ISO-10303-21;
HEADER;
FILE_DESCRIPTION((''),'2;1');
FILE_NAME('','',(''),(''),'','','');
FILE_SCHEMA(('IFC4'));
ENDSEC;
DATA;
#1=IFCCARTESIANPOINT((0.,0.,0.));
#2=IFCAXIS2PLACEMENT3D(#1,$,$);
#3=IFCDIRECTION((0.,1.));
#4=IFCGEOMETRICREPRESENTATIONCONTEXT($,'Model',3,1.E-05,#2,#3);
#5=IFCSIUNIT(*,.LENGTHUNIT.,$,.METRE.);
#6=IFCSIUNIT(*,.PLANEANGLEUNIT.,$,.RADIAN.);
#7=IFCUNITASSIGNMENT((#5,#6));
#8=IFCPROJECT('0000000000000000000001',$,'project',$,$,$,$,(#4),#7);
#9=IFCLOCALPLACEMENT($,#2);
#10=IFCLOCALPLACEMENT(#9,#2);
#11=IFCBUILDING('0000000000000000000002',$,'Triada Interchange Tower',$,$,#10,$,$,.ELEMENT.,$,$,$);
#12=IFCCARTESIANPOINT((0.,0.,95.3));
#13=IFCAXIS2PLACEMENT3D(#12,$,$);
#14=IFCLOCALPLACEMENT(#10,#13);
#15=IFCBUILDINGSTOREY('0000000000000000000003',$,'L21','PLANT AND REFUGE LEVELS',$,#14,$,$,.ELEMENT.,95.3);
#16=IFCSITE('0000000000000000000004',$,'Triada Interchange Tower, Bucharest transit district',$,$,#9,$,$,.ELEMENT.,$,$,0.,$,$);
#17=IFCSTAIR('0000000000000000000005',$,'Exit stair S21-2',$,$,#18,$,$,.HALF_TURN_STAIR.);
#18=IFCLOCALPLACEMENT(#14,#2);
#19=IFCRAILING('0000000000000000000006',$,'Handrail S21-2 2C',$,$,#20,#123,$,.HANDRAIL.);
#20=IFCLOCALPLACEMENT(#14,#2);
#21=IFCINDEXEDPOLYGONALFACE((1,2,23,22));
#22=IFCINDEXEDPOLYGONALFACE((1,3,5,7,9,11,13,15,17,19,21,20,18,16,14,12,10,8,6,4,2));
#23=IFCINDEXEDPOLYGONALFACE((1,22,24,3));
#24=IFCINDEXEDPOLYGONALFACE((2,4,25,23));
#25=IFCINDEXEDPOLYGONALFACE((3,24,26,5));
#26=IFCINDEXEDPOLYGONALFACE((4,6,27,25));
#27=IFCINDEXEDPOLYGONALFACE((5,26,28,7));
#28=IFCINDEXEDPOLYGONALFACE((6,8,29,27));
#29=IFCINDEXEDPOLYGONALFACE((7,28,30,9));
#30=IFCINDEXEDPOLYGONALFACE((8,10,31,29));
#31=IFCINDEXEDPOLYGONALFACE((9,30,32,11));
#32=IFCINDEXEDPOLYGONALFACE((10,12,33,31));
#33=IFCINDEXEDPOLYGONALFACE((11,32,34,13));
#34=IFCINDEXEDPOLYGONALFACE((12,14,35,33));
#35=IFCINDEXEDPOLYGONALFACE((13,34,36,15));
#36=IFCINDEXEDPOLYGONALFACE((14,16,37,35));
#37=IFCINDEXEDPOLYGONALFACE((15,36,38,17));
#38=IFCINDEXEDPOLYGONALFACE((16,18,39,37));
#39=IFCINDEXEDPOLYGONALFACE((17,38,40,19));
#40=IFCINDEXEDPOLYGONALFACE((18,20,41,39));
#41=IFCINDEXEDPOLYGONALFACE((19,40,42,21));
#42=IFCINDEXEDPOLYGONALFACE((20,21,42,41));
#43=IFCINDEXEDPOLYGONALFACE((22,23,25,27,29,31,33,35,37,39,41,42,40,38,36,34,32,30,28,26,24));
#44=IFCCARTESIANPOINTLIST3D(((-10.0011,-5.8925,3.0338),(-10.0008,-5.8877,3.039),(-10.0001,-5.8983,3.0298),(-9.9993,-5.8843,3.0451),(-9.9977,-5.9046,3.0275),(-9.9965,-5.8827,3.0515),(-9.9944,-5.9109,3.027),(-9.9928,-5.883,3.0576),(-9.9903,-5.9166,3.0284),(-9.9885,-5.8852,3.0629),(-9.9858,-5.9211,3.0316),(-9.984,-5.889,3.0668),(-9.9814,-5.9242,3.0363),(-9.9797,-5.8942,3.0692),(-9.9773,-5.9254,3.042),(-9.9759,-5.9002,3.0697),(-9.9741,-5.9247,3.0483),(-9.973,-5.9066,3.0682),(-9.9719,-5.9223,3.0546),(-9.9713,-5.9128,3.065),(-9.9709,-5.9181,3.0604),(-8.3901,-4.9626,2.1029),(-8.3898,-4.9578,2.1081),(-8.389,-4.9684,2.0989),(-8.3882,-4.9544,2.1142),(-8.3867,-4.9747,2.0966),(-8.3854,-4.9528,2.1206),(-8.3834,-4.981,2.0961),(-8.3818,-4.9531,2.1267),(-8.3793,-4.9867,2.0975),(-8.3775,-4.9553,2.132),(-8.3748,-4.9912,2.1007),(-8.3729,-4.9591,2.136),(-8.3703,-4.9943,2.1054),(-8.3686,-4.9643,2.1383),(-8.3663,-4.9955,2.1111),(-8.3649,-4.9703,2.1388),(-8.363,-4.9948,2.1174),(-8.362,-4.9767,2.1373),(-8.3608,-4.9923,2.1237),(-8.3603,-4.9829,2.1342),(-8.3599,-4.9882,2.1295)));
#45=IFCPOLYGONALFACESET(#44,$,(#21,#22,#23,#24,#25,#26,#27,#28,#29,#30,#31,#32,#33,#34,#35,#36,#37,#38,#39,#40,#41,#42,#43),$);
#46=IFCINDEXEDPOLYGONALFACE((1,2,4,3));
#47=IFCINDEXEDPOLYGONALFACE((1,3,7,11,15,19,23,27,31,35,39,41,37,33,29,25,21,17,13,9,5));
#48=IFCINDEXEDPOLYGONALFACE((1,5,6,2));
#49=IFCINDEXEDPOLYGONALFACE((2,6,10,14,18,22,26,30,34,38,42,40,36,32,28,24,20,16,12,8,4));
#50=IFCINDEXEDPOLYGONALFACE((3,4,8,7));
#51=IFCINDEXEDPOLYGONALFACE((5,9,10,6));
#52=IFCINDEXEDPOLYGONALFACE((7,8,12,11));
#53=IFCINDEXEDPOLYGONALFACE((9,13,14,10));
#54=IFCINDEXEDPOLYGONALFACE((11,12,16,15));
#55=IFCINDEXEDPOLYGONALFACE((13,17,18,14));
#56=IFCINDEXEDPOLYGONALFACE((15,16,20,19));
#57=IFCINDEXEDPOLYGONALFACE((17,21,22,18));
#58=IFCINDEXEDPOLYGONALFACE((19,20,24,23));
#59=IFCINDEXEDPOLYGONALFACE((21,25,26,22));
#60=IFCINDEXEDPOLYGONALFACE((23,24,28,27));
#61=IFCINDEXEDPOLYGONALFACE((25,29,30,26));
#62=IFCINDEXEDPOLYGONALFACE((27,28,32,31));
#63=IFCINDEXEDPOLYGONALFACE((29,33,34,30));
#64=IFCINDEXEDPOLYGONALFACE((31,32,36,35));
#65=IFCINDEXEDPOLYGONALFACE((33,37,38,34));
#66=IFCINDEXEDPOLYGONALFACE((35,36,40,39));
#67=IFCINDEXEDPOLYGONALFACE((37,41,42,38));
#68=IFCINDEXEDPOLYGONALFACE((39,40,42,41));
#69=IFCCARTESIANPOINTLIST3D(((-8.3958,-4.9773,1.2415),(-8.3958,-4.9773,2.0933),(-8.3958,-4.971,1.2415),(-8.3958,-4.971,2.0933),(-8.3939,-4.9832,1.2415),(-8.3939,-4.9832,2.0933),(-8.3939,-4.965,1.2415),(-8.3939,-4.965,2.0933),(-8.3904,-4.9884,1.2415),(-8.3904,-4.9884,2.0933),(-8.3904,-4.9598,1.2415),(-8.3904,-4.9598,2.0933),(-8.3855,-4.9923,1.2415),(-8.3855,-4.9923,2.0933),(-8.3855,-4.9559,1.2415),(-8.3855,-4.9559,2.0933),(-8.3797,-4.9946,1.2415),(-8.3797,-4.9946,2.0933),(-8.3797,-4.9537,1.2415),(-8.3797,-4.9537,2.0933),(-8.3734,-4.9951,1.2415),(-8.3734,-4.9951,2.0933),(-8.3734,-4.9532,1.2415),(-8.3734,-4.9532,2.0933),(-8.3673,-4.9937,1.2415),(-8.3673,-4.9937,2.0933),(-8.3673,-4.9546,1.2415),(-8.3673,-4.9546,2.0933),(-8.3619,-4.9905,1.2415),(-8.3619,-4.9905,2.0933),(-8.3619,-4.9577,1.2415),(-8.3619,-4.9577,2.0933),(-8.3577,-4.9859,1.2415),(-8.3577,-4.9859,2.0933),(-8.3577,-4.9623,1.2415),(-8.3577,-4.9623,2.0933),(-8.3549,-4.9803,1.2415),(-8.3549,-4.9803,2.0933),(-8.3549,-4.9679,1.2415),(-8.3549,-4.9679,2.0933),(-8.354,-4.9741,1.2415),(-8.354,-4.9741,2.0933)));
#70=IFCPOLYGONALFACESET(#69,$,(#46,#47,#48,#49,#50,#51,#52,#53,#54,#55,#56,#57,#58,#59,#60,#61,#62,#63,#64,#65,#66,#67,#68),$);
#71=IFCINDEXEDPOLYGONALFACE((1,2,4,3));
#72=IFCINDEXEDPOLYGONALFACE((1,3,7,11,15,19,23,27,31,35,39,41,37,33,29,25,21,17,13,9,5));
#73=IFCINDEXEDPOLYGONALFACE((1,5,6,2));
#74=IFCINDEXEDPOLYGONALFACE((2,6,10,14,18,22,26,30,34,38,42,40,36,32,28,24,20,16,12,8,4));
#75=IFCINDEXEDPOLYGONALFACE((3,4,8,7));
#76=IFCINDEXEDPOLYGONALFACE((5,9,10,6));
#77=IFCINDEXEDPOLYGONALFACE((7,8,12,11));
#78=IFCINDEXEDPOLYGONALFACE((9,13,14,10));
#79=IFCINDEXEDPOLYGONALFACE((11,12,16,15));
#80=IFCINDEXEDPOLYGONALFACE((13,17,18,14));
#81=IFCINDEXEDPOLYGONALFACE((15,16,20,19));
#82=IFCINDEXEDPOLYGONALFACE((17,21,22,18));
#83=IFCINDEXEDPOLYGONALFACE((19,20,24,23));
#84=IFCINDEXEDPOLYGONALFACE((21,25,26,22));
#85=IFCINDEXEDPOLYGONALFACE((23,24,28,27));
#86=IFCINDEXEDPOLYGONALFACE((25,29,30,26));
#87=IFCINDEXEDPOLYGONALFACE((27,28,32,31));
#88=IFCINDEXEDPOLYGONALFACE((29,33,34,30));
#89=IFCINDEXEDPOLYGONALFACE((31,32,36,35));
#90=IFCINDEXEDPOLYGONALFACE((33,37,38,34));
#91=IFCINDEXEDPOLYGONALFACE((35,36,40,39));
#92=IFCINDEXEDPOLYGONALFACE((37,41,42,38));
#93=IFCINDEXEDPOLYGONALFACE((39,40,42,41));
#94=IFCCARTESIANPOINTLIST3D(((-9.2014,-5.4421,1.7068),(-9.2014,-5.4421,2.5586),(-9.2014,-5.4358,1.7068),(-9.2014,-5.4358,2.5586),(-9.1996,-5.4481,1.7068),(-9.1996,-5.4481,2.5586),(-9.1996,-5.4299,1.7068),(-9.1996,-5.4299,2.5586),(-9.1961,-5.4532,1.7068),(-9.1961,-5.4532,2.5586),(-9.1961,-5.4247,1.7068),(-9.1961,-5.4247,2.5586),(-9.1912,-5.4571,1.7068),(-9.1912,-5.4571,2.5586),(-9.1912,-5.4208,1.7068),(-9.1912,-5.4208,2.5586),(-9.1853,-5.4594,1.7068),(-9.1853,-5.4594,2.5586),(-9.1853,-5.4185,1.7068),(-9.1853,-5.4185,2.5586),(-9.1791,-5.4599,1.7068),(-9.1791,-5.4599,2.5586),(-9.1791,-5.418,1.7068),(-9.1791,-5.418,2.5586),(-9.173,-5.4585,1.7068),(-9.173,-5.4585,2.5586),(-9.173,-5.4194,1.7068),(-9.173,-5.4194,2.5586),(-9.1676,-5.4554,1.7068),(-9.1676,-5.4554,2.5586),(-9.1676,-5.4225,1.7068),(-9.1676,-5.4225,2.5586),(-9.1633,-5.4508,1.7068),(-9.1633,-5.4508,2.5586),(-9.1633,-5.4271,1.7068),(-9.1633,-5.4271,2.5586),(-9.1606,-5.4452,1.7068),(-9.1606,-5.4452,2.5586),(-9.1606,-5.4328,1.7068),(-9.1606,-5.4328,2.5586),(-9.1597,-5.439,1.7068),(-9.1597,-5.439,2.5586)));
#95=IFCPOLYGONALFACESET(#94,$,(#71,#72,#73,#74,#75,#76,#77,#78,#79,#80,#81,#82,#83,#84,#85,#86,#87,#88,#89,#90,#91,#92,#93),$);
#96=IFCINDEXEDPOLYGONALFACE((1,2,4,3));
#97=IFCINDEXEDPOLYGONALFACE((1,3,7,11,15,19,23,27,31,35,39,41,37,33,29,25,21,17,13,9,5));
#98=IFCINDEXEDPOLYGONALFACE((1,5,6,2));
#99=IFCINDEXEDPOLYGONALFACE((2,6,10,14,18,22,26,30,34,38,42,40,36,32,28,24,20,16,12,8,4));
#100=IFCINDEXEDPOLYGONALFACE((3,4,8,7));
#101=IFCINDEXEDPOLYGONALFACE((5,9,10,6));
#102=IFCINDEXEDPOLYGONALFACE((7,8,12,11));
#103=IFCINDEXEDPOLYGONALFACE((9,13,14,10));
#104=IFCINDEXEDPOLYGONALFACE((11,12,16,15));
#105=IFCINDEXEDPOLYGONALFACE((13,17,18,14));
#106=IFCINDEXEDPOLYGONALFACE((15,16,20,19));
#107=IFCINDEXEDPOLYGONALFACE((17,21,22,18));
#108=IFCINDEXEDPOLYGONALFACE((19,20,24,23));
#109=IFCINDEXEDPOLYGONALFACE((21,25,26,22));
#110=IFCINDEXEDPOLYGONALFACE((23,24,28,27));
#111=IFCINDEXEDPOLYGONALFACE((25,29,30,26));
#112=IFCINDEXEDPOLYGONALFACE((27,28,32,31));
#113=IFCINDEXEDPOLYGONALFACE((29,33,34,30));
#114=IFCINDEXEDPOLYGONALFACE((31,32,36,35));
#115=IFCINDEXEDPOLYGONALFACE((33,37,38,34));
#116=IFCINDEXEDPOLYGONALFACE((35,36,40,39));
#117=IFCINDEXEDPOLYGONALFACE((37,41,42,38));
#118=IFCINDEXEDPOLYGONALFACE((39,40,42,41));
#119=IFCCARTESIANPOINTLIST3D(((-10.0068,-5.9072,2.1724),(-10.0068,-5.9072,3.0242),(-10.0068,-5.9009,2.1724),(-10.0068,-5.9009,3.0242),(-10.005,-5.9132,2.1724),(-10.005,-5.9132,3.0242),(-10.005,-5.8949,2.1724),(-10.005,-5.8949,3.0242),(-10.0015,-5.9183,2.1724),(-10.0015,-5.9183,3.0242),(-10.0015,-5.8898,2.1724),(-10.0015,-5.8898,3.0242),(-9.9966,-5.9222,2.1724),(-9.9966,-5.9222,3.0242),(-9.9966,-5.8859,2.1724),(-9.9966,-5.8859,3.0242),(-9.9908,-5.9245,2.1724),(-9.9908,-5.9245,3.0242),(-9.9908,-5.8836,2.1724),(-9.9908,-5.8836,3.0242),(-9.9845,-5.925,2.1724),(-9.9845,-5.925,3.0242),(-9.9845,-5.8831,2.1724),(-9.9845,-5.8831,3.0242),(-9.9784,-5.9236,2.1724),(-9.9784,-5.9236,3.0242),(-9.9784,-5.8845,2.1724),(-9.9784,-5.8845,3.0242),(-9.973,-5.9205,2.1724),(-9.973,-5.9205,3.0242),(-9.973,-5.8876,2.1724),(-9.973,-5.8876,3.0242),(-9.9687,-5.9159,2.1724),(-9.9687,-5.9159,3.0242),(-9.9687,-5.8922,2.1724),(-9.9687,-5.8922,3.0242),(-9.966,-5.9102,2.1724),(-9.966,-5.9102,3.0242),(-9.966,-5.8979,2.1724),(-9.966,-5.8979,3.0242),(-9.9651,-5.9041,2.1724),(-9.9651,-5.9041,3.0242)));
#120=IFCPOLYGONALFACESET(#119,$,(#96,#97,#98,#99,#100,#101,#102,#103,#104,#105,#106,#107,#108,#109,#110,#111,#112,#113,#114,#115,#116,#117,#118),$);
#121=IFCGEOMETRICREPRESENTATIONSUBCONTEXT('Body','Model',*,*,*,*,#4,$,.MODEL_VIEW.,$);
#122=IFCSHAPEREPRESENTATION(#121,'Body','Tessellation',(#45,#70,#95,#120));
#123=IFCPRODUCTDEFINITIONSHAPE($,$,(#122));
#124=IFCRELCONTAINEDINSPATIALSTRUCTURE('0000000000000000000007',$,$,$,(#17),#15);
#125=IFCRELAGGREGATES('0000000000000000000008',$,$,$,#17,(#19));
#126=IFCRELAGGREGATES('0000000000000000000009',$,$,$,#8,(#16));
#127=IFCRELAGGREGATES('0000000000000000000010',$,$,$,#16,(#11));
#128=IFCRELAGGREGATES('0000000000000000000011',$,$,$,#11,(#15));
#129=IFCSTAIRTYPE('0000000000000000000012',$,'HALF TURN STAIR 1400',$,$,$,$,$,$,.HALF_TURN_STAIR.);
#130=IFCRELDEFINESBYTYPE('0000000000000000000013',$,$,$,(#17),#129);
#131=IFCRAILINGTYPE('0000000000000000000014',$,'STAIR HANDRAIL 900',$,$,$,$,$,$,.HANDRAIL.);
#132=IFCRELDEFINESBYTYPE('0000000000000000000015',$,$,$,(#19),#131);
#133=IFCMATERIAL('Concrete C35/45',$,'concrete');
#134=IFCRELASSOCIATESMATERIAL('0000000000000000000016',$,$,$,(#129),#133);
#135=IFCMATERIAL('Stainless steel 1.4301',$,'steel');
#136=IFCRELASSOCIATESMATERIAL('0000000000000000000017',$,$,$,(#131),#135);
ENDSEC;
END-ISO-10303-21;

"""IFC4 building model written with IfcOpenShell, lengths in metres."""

from ifc_helpers import new_model, si_unit, direction, frame, origin, origin_2d, place, context, subcontext, project, spatial, circle, extrude, material, type_object, element, aggregate, save


model = new_model("IFC4")

# Units and contexts
model_context = context("Model", 3, precision=1e-05, world=origin(), true_north=direction((0.0, 1.0)))
body_context = subcontext(model_context, "Body", "Model", "MODEL_VIEW")
ifc_project = project(units=[si_unit("LENGTHUNIT", "METRE"), si_unit("PLANEANGLEUNIT", "RADIAN")], contexts=[model_context])

# Site, building, storey
site_placement = place(None, origin())
site = spatial("IfcSite", under=ifc_project, at=site_placement, Name="Triada Interchange Tower, Bucharest transit district", CompositionType="ELEMENT", RefElevation=0.0)
building_placement = place(site_placement, origin())
building = spatial("IfcBuilding", under=site, at=building_placement, Name="Triada Interchange Tower", CompositionType="ELEMENT")
storey_placement = place(building_placement, frame((0.0, 0.0, 95.3)))
storey = spatial("IfcBuildingStorey", under=building, at=storey_placement, Name="L21", Description="PLANT AND REFUGE LEVELS", CompositionType="ELEMENT", Elevation=95.3)

# Shared definitions
ifc_material_1 = material(Name="Concrete C35/45", Category="concrete")

# Stair, railing
stair_type = type_object("IfcStairType", Name="HALF TURN STAIR 1400", PredefinedType="HALF_TURN_STAIR", material=ifc_material_1)
stair_placement = place(storey_placement, origin())
stair = element("IfcStair", 1, at=stair_placement, inside=storey, type_object=stair_type, Name="Exit stair S21-2", PredefinedType="HALF_TURN_STAIR")
ifc_material_2 = material(Name="Stainless steel 1.4301", Category="steel")
railing_type_1 = type_object("IfcRailingType", Name="STAIR HANDRAIL 900", PredefinedType="HANDRAIL", material=ifc_material_2)
railing_1_placement = place(storey_placement, frame((-8.375, -4.9741, 1.2415)))
railing_1 = element("IfcRailing", 2, at=railing_1_placement, type_object=railing_type_1, Name="Handrail S21-2 2C", PredefinedType="HANDRAIL", context=body_context, shape_type="SweptSolid", body=[
    extrude(circle(Radius=0.0239, at=origin_2d()), frame((0.0, 0.0, 0.876), z_axis=(-0.77451, -0.447054, 0.447523), x_axis=(0.499908, -0.866079, 0.0)), (0.0, 0.0, 1.0), 2.0801),
    extrude(circle(Radius=0.021, at=origin_2d()), origin(), (0.0, 0.0, 1.0), 0.8518),
    extrude(circle(Radius=0.021, at=origin_2d()), frame((-0.8057, -0.4648, 0.4653)), (0.0, 0.0, 1.0), 0.8518),
    extrude(circle(Radius=0.021, at=origin_2d()), frame((-1.6111, -0.9299, 0.9309)), (0.0, 0.0, 1.0), 0.8518),
])
aggregate(stair, [railing_1])

save(model, "model.ifc")
